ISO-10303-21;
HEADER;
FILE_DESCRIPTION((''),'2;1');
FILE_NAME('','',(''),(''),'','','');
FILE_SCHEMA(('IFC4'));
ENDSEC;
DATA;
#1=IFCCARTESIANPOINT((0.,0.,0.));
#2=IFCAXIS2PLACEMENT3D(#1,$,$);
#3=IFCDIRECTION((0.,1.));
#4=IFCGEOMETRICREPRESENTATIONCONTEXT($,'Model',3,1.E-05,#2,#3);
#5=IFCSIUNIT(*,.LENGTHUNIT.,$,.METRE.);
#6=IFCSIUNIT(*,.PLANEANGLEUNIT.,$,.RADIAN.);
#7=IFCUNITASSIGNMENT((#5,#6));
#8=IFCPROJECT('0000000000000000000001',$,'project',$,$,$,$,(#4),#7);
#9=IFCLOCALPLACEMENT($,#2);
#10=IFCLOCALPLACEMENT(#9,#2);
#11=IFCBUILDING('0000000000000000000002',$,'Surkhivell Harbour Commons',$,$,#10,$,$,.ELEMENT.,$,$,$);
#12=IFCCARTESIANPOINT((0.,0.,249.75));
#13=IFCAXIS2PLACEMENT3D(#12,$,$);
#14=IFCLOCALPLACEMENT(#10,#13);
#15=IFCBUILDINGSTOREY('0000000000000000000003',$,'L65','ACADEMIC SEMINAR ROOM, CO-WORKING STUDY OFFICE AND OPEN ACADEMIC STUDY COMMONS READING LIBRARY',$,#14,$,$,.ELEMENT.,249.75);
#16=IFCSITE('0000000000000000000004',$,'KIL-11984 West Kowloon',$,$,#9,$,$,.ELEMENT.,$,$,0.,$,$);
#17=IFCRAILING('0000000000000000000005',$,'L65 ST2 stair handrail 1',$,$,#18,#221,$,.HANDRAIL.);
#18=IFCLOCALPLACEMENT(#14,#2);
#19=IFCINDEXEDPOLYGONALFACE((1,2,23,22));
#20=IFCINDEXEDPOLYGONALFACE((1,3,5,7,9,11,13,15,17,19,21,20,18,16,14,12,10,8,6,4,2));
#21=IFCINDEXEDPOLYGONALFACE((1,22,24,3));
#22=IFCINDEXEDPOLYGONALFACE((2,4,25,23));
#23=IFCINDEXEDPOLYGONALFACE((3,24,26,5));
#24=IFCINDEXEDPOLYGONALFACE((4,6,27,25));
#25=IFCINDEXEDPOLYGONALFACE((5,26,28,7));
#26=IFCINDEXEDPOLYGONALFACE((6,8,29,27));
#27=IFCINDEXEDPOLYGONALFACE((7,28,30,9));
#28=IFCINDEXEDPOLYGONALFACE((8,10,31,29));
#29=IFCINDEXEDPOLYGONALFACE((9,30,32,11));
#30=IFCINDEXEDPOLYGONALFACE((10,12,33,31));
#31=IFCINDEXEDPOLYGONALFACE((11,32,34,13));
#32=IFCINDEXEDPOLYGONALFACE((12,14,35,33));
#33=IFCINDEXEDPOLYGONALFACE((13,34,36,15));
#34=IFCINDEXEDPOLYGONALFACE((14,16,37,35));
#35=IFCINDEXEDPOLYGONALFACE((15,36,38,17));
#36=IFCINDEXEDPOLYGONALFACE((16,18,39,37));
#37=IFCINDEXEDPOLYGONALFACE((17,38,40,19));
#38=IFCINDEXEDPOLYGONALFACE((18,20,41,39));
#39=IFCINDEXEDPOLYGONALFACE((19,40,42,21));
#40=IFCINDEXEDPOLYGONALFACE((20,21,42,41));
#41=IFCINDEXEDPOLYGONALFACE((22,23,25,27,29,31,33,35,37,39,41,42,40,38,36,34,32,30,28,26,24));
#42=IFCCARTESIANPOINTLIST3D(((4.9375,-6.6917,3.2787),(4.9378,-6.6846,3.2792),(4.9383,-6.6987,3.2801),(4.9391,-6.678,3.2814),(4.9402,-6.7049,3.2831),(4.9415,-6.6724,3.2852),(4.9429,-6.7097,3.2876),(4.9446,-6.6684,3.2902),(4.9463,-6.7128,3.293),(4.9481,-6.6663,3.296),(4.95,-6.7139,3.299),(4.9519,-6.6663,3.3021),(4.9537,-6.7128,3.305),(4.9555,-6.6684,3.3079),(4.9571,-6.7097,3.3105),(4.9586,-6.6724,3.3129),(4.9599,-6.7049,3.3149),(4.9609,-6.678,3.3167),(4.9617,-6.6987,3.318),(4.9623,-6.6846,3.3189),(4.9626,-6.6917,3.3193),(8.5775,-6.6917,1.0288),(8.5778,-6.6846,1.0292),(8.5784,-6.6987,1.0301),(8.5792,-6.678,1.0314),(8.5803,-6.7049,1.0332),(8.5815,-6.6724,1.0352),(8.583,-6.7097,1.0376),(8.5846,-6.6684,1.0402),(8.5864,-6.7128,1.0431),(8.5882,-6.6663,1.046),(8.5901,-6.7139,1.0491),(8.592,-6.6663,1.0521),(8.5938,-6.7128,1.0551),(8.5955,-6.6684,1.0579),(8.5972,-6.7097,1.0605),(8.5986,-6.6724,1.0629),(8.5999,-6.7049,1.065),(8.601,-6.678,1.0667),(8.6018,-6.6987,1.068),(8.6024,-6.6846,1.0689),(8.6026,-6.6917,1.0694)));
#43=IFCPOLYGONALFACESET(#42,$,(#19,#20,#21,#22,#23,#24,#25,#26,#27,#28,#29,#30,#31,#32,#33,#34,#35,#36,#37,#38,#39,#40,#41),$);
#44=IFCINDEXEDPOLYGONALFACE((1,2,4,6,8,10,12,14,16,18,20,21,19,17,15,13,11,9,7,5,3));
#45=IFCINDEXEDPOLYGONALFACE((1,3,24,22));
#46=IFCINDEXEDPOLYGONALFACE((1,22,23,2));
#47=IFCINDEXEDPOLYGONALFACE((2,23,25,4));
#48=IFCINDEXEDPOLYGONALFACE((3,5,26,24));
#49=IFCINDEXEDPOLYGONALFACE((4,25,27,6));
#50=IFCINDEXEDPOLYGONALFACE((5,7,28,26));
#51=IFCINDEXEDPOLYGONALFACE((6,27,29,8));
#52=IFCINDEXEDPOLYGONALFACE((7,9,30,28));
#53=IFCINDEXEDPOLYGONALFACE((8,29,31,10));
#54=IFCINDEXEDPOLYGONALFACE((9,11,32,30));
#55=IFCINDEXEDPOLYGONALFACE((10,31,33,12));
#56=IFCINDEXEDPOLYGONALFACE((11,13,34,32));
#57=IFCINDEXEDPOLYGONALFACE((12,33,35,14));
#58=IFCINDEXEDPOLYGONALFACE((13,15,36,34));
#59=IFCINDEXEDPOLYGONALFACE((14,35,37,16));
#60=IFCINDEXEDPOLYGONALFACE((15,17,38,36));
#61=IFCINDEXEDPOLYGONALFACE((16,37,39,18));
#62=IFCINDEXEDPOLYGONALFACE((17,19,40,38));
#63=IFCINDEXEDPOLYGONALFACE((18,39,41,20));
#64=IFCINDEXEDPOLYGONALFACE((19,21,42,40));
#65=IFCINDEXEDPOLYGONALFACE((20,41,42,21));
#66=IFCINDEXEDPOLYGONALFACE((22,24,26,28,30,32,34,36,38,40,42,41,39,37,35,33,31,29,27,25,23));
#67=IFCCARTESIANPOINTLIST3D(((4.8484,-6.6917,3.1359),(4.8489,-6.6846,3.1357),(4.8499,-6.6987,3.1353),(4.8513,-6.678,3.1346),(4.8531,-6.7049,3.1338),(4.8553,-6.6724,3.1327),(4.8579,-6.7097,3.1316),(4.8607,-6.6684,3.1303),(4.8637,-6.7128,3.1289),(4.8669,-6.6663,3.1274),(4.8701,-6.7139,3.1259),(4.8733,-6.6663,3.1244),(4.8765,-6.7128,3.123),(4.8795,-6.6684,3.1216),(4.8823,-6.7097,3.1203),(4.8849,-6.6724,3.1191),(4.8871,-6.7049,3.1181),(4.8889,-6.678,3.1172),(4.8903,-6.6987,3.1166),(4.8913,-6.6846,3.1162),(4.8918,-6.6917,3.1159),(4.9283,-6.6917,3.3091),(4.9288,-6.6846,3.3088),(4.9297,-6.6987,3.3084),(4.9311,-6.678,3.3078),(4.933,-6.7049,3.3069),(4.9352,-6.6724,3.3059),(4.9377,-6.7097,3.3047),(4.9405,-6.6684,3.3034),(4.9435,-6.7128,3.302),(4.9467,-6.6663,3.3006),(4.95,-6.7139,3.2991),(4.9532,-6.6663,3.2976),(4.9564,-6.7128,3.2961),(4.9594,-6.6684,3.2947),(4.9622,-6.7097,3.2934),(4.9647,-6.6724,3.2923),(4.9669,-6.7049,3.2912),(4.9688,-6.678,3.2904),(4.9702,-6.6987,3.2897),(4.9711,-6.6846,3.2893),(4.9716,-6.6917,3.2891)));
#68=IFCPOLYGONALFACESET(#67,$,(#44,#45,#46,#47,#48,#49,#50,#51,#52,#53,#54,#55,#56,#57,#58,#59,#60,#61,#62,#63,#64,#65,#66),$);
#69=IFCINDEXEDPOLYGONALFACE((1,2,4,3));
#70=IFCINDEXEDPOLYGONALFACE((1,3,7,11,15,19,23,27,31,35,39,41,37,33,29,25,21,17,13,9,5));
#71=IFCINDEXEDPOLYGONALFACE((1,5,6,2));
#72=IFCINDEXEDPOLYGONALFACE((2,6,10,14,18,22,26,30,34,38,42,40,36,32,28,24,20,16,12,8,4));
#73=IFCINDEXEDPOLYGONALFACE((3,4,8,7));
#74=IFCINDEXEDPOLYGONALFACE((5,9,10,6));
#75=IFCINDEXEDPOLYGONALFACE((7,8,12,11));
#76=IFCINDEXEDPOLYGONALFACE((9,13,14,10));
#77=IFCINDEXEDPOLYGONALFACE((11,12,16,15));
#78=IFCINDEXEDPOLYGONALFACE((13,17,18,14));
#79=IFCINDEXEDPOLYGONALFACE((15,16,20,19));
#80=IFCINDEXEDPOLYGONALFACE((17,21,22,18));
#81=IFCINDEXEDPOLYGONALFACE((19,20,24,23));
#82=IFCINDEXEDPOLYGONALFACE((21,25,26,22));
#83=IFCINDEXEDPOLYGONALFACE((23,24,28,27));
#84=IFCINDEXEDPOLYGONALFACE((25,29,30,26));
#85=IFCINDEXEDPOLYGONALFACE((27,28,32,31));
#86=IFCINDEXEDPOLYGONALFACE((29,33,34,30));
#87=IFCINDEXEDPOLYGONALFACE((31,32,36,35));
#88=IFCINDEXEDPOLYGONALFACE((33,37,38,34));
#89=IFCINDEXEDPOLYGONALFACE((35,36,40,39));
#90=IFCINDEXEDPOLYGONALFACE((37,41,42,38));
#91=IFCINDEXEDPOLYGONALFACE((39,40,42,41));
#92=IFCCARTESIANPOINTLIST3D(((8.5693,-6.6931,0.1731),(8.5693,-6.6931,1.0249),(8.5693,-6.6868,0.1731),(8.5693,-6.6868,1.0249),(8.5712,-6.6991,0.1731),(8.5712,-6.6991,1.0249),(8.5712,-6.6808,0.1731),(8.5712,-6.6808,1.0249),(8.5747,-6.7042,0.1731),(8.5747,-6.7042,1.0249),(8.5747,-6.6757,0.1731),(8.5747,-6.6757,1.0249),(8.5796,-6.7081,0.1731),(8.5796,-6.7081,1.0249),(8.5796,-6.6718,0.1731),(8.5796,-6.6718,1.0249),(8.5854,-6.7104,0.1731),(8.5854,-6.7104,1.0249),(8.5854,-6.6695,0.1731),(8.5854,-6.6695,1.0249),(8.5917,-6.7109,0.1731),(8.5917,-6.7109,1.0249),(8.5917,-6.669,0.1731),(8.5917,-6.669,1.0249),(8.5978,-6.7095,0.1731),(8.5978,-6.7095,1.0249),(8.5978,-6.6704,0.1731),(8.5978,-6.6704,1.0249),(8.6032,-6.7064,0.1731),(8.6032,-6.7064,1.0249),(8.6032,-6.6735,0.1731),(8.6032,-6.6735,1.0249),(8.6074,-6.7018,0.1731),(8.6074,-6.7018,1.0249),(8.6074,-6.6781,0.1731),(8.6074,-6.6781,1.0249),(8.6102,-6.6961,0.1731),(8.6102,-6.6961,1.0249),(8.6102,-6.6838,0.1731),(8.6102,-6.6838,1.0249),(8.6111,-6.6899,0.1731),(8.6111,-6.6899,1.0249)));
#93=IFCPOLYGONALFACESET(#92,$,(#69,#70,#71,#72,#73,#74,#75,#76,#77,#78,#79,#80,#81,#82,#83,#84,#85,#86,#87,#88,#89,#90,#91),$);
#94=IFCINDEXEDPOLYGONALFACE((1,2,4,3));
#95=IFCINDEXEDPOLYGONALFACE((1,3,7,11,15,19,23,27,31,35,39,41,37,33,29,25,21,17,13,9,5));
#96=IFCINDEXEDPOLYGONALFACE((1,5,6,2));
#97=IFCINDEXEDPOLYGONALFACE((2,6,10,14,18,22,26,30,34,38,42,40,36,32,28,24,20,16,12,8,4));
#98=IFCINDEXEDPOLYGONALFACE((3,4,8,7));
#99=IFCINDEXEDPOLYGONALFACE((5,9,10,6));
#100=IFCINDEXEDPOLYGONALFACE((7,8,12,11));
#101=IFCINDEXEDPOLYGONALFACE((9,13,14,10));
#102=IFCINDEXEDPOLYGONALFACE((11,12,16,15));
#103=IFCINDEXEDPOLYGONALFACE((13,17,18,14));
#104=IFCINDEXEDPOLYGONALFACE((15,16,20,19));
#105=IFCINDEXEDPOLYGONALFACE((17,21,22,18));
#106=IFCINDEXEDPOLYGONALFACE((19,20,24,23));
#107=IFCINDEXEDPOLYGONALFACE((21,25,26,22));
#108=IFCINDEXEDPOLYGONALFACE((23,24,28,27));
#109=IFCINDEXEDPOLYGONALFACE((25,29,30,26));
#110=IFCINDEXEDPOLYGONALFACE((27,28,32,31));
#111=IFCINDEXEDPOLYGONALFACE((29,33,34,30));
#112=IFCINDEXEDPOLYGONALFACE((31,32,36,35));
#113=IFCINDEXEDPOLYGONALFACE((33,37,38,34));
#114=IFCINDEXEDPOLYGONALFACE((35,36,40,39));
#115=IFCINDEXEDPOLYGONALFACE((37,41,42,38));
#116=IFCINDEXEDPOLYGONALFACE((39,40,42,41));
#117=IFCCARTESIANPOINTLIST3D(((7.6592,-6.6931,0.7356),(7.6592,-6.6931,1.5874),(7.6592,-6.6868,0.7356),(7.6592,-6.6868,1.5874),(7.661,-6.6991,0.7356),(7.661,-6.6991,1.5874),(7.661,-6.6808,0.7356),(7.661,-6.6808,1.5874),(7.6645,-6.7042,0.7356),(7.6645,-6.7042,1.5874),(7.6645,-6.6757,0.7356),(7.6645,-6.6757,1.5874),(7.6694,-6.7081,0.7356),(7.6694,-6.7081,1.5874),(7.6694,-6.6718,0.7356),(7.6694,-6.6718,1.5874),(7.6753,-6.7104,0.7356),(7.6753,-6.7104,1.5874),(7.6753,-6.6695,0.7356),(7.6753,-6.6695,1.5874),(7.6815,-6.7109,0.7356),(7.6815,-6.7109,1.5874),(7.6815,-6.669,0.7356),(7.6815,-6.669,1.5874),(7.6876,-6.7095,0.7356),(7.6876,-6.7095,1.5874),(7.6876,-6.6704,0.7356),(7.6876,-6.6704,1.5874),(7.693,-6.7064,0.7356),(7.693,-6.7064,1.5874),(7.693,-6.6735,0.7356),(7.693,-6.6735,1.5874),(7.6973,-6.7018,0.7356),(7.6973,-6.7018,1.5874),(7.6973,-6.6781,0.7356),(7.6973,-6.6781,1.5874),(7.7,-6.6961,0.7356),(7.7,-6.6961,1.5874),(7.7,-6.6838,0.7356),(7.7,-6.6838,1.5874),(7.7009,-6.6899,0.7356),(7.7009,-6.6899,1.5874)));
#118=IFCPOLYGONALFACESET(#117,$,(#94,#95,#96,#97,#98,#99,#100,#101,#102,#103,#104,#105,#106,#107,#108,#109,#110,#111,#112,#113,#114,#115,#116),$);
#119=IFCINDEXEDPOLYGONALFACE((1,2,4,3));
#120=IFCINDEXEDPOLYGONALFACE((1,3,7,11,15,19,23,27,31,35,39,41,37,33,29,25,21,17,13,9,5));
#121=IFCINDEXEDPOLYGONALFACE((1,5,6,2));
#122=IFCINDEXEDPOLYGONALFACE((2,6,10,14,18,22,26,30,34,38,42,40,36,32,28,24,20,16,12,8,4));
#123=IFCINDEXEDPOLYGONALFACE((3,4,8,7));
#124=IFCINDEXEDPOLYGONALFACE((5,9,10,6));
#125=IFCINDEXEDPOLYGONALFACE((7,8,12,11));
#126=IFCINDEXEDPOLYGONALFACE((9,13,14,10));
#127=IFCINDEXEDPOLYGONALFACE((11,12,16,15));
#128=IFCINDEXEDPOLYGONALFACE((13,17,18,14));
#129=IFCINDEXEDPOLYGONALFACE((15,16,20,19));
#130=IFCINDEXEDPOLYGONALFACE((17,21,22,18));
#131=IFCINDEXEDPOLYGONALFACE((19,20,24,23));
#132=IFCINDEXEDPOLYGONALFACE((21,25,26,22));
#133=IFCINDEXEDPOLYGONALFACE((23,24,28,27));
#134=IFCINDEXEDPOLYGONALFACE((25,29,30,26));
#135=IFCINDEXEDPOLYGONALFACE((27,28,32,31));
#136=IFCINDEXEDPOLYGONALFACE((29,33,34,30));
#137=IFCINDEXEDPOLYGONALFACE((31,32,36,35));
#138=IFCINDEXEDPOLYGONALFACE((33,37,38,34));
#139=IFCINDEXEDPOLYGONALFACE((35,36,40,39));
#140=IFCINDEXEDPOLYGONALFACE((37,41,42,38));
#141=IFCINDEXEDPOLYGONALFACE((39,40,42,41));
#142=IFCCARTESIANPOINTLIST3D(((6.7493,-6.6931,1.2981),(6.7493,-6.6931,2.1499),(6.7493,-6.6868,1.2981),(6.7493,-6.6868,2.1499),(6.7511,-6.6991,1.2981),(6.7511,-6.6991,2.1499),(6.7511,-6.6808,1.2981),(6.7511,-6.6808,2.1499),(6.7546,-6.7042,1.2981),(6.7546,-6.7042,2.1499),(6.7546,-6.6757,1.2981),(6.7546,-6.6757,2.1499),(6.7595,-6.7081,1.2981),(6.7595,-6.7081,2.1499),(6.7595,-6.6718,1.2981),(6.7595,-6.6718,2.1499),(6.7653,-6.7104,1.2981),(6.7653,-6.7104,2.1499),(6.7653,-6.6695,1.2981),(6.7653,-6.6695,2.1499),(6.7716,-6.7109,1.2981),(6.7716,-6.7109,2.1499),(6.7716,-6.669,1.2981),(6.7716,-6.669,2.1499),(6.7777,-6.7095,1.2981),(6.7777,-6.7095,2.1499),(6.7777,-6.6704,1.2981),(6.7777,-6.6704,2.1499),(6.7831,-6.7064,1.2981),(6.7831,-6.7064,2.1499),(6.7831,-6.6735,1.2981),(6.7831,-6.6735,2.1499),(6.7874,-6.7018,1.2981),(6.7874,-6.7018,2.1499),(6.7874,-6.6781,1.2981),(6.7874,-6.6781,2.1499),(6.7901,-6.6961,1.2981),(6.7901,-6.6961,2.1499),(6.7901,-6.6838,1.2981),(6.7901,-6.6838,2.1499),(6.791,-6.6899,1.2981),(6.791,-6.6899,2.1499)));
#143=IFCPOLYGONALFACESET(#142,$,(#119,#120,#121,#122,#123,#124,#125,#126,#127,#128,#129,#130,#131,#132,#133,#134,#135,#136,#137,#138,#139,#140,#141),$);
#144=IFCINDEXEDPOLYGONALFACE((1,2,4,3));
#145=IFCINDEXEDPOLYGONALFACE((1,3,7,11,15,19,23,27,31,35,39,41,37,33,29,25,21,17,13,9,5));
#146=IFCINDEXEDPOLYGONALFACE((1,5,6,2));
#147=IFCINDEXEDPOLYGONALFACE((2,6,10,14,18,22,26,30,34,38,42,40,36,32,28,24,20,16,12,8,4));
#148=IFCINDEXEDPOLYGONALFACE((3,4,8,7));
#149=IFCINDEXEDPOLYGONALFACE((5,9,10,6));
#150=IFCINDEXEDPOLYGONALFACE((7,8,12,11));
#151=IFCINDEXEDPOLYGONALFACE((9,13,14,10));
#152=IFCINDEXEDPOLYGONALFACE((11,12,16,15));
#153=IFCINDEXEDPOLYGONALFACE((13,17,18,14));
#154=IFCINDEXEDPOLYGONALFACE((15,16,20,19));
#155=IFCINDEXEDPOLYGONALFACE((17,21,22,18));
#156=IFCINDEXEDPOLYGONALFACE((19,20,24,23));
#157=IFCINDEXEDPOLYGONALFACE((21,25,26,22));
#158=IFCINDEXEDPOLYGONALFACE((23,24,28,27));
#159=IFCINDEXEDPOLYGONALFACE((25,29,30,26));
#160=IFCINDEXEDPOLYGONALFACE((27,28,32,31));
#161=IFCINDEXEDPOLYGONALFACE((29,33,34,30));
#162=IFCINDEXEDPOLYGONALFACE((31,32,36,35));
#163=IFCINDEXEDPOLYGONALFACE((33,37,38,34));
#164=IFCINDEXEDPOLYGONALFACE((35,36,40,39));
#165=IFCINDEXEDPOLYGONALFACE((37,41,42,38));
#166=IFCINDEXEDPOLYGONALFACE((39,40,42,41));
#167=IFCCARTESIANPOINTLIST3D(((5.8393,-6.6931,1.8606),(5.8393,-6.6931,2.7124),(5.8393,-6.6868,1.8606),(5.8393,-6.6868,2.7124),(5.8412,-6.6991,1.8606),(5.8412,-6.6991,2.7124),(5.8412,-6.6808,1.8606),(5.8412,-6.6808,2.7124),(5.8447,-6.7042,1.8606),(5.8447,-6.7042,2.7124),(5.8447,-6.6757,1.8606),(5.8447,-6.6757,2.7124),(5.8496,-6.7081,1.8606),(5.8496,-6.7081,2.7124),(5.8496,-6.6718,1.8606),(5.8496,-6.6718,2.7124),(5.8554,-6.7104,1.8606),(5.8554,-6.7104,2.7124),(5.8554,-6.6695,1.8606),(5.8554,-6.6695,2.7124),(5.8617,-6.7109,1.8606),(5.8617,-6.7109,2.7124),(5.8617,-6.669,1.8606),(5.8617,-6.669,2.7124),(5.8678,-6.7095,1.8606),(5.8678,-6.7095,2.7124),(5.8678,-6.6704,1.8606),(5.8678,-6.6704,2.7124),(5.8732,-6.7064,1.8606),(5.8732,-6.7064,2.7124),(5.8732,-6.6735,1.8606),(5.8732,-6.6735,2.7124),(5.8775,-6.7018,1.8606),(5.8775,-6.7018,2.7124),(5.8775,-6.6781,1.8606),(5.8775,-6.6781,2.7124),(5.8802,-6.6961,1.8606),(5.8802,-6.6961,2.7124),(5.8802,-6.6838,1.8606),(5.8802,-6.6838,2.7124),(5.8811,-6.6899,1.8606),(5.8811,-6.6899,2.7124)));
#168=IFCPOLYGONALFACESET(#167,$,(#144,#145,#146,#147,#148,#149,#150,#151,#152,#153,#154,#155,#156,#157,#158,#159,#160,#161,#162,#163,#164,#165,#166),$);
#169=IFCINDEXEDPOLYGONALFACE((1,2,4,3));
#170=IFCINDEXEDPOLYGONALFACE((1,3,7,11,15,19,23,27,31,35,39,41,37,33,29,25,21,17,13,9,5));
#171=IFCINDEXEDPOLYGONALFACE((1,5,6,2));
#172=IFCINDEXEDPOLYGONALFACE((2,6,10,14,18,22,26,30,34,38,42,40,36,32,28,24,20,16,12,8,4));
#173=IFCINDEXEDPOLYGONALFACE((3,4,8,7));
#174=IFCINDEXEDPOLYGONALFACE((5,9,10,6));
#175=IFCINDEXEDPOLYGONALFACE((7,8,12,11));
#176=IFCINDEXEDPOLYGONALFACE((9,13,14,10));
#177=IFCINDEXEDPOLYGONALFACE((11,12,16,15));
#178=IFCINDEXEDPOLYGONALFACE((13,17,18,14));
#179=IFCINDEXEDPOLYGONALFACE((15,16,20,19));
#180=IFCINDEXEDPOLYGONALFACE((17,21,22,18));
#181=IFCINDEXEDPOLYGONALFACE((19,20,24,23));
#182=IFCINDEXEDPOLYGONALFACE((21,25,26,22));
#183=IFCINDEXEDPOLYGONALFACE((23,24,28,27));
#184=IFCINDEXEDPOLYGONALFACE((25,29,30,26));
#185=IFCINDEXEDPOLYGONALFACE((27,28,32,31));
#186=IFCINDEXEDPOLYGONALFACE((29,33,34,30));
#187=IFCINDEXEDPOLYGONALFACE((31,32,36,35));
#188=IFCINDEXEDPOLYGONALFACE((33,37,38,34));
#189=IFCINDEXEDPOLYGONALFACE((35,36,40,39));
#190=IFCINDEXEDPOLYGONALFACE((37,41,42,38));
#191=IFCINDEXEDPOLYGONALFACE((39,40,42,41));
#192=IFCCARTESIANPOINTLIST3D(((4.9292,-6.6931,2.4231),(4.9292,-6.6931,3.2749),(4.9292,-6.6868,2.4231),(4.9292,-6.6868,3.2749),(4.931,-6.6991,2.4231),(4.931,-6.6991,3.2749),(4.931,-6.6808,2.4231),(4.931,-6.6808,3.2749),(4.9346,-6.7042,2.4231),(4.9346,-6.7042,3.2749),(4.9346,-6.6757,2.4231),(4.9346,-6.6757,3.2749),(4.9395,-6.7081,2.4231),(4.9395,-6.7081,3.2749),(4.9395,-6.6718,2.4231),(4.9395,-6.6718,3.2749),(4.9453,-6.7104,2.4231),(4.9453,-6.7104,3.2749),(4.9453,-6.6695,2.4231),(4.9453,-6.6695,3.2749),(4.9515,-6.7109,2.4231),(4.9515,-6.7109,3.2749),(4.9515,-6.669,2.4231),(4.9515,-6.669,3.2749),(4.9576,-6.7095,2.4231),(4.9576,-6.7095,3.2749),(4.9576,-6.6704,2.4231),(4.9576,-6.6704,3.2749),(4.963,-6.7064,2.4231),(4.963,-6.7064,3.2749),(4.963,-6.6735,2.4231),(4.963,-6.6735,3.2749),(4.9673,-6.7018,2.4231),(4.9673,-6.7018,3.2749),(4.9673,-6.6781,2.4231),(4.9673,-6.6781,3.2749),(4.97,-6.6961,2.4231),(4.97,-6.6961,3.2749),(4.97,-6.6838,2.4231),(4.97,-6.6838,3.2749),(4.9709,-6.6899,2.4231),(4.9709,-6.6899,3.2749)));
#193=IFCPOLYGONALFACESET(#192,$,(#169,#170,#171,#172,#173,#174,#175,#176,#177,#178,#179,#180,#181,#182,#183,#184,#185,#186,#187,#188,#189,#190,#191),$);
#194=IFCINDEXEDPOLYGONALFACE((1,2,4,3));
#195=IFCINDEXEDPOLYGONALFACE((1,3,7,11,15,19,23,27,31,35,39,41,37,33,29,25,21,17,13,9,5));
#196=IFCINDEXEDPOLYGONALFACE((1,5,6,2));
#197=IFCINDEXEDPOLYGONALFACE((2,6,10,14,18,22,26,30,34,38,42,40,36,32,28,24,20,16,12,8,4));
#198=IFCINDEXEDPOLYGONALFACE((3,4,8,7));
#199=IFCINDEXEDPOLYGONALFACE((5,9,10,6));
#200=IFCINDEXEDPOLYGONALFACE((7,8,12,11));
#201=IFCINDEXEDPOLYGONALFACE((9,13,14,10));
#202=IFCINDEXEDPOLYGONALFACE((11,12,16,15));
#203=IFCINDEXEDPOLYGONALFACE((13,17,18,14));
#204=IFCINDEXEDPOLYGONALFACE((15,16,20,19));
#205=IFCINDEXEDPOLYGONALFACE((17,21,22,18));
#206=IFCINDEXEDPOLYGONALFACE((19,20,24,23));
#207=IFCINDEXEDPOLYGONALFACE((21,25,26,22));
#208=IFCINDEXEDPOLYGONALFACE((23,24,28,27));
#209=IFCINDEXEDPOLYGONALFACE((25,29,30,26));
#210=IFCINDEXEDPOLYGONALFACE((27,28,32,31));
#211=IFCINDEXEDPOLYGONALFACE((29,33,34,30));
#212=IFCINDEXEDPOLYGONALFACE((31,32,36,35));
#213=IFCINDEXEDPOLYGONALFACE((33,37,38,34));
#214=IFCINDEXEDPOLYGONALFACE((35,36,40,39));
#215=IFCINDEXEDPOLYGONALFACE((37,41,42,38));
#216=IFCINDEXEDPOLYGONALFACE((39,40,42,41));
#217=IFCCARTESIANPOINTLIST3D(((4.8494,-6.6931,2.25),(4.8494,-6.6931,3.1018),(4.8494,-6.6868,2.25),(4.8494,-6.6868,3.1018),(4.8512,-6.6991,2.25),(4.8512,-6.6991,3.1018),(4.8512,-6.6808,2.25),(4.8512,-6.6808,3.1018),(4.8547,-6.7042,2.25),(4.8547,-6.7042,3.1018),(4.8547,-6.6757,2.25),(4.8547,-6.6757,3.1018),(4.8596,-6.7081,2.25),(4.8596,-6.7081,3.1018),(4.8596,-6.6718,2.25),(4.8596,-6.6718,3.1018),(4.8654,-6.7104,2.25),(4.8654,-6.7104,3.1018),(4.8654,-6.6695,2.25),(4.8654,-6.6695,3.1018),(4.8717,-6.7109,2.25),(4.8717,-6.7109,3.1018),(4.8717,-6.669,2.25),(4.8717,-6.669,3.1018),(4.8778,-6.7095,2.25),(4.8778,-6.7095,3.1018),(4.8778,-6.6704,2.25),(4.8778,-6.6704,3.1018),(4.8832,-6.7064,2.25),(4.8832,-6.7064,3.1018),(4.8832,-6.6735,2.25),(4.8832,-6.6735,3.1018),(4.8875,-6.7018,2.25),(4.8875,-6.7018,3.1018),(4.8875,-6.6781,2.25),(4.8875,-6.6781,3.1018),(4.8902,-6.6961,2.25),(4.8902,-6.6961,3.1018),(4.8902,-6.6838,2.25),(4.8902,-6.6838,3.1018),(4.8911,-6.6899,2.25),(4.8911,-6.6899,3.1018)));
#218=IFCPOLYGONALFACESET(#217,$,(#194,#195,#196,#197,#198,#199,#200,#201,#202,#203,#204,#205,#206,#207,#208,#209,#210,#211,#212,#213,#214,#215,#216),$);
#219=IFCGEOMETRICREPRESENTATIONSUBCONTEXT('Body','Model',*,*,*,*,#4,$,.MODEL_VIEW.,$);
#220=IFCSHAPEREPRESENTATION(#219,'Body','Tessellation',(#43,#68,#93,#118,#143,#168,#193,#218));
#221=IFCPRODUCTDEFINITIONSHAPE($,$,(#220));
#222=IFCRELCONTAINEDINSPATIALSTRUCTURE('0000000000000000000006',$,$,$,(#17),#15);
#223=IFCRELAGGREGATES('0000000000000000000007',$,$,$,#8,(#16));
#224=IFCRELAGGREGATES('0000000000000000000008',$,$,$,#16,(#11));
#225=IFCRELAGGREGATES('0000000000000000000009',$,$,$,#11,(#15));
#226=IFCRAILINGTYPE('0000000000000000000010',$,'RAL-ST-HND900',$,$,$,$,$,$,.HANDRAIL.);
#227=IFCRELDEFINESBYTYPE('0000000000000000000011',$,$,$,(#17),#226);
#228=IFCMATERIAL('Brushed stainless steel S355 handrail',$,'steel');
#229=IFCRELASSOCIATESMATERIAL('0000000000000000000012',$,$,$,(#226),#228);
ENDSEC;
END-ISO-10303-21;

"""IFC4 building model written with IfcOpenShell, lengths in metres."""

from ifc_helpers import new_model, si_unit, direction, frame, origin, origin_2d, place, context, subcontext, project, spatial, circle, extrude, material, type_object, element, save


model = new_model("IFC4")

# Units and contexts
model_context = context("Model", 3, precision=1e-05, world=origin(), true_north=direction((0.0, 1.0)))
body_context = subcontext(model_context, "Body", "Model", "MODEL_VIEW")
ifc_project = project(units=[si_unit("LENGTHUNIT", "METRE"), si_unit("PLANEANGLEUNIT", "RADIAN")], contexts=[model_context])

# Site, building, storey
site_placement = place(None, origin())
site = spatial("IfcSite", under=ifc_project, at=site_placement, Name="KIL-11984 West Kowloon", CompositionType="ELEMENT", RefElevation=0.0)
building_placement = place(site_placement, origin())
building = spatial("IfcBuilding", under=site, at=building_placement, Name="Surkhivell Harbour Commons", CompositionType="ELEMENT")
storey_placement = place(building_placement, frame((0.0, 0.0, 249.75)))
storey = spatial("IfcBuildingStorey", under=building, at=storey_placement, Name="L65", Description="ACADEMIC SEMINAR ROOM, CO-WORKING STUDY OFFICE AND OPEN ACADEMIC STUDY COMMONS READING LIBRARY", CompositionType="ELEMENT", Elevation=249.75)

# Railing
ifc_material_1 = material(Name="Brushed stainless steel S355 handrail", Category="steel")
railing_type_1 = type_object("IfcRailingType", Name="RAL-ST-HND900", PredefinedType="HANDRAIL", material=ifc_material_1)
railing_1_placement = place(storey_placement, frame((8.5901, -6.6899, 0.1731)))
element("IfcRailing", 1, at=railing_1_placement, inside=storey, type_object=railing_type_1, Name="L65 ST2 stair handrail 1", PredefinedType="HANDRAIL", context=body_context, shape_type="SweptSolid", body=[
    extrude(circle(Radius=0.0239, at=origin_2d()), frame((0.0, 0.0, 0.876), z_axis=(-0.850622, 0.0, 0.525777), x_axis=(0.0, -1.0, 0.0)), (0.0, 0.0, 1.0), 4.2793),
    extrude(circle(Radius=0.0239, at=origin_2d()), frame((-3.6401, 0.0, 3.126), z_axis=(-0.418815, 0.0, -0.908072), x_axis=(0.0, -1.0, 0.0)), (0.0, 0.0, 1.0), 0.1907),
    extrude(circle(Radius=0.021, at=origin_2d()), origin(), (0.0, 0.0, 1.0), 0.8518),
    extrude(circle(Radius=0.021, at=origin_2d()), frame((-0.9102, 0.0, 0.5625)), (0.0, 0.0, 1.0), 0.8518),
    extrude(circle(Radius=0.021, at=origin_2d()), frame((-1.8201, 0.0, 1.125)), (0.0, 0.0, 1.0), 0.8518),
    extrude(circle(Radius=0.021, at=origin_2d()), frame((-2.73, 0.0, 1.6875)), (0.0, 0.0, 1.0), 0.8518),
    extrude(circle(Radius=0.021, at=origin_2d()), frame((-3.6401, 0.0, 2.25)), (0.0, 0.0, 1.0), 0.8518),
    extrude(circle(Radius=0.021, at=origin_2d()), frame((-3.72, 0.0, 2.0769)), (0.0, 0.0, 1.0), 0.8518),
])

save(model, "model.ifc")
